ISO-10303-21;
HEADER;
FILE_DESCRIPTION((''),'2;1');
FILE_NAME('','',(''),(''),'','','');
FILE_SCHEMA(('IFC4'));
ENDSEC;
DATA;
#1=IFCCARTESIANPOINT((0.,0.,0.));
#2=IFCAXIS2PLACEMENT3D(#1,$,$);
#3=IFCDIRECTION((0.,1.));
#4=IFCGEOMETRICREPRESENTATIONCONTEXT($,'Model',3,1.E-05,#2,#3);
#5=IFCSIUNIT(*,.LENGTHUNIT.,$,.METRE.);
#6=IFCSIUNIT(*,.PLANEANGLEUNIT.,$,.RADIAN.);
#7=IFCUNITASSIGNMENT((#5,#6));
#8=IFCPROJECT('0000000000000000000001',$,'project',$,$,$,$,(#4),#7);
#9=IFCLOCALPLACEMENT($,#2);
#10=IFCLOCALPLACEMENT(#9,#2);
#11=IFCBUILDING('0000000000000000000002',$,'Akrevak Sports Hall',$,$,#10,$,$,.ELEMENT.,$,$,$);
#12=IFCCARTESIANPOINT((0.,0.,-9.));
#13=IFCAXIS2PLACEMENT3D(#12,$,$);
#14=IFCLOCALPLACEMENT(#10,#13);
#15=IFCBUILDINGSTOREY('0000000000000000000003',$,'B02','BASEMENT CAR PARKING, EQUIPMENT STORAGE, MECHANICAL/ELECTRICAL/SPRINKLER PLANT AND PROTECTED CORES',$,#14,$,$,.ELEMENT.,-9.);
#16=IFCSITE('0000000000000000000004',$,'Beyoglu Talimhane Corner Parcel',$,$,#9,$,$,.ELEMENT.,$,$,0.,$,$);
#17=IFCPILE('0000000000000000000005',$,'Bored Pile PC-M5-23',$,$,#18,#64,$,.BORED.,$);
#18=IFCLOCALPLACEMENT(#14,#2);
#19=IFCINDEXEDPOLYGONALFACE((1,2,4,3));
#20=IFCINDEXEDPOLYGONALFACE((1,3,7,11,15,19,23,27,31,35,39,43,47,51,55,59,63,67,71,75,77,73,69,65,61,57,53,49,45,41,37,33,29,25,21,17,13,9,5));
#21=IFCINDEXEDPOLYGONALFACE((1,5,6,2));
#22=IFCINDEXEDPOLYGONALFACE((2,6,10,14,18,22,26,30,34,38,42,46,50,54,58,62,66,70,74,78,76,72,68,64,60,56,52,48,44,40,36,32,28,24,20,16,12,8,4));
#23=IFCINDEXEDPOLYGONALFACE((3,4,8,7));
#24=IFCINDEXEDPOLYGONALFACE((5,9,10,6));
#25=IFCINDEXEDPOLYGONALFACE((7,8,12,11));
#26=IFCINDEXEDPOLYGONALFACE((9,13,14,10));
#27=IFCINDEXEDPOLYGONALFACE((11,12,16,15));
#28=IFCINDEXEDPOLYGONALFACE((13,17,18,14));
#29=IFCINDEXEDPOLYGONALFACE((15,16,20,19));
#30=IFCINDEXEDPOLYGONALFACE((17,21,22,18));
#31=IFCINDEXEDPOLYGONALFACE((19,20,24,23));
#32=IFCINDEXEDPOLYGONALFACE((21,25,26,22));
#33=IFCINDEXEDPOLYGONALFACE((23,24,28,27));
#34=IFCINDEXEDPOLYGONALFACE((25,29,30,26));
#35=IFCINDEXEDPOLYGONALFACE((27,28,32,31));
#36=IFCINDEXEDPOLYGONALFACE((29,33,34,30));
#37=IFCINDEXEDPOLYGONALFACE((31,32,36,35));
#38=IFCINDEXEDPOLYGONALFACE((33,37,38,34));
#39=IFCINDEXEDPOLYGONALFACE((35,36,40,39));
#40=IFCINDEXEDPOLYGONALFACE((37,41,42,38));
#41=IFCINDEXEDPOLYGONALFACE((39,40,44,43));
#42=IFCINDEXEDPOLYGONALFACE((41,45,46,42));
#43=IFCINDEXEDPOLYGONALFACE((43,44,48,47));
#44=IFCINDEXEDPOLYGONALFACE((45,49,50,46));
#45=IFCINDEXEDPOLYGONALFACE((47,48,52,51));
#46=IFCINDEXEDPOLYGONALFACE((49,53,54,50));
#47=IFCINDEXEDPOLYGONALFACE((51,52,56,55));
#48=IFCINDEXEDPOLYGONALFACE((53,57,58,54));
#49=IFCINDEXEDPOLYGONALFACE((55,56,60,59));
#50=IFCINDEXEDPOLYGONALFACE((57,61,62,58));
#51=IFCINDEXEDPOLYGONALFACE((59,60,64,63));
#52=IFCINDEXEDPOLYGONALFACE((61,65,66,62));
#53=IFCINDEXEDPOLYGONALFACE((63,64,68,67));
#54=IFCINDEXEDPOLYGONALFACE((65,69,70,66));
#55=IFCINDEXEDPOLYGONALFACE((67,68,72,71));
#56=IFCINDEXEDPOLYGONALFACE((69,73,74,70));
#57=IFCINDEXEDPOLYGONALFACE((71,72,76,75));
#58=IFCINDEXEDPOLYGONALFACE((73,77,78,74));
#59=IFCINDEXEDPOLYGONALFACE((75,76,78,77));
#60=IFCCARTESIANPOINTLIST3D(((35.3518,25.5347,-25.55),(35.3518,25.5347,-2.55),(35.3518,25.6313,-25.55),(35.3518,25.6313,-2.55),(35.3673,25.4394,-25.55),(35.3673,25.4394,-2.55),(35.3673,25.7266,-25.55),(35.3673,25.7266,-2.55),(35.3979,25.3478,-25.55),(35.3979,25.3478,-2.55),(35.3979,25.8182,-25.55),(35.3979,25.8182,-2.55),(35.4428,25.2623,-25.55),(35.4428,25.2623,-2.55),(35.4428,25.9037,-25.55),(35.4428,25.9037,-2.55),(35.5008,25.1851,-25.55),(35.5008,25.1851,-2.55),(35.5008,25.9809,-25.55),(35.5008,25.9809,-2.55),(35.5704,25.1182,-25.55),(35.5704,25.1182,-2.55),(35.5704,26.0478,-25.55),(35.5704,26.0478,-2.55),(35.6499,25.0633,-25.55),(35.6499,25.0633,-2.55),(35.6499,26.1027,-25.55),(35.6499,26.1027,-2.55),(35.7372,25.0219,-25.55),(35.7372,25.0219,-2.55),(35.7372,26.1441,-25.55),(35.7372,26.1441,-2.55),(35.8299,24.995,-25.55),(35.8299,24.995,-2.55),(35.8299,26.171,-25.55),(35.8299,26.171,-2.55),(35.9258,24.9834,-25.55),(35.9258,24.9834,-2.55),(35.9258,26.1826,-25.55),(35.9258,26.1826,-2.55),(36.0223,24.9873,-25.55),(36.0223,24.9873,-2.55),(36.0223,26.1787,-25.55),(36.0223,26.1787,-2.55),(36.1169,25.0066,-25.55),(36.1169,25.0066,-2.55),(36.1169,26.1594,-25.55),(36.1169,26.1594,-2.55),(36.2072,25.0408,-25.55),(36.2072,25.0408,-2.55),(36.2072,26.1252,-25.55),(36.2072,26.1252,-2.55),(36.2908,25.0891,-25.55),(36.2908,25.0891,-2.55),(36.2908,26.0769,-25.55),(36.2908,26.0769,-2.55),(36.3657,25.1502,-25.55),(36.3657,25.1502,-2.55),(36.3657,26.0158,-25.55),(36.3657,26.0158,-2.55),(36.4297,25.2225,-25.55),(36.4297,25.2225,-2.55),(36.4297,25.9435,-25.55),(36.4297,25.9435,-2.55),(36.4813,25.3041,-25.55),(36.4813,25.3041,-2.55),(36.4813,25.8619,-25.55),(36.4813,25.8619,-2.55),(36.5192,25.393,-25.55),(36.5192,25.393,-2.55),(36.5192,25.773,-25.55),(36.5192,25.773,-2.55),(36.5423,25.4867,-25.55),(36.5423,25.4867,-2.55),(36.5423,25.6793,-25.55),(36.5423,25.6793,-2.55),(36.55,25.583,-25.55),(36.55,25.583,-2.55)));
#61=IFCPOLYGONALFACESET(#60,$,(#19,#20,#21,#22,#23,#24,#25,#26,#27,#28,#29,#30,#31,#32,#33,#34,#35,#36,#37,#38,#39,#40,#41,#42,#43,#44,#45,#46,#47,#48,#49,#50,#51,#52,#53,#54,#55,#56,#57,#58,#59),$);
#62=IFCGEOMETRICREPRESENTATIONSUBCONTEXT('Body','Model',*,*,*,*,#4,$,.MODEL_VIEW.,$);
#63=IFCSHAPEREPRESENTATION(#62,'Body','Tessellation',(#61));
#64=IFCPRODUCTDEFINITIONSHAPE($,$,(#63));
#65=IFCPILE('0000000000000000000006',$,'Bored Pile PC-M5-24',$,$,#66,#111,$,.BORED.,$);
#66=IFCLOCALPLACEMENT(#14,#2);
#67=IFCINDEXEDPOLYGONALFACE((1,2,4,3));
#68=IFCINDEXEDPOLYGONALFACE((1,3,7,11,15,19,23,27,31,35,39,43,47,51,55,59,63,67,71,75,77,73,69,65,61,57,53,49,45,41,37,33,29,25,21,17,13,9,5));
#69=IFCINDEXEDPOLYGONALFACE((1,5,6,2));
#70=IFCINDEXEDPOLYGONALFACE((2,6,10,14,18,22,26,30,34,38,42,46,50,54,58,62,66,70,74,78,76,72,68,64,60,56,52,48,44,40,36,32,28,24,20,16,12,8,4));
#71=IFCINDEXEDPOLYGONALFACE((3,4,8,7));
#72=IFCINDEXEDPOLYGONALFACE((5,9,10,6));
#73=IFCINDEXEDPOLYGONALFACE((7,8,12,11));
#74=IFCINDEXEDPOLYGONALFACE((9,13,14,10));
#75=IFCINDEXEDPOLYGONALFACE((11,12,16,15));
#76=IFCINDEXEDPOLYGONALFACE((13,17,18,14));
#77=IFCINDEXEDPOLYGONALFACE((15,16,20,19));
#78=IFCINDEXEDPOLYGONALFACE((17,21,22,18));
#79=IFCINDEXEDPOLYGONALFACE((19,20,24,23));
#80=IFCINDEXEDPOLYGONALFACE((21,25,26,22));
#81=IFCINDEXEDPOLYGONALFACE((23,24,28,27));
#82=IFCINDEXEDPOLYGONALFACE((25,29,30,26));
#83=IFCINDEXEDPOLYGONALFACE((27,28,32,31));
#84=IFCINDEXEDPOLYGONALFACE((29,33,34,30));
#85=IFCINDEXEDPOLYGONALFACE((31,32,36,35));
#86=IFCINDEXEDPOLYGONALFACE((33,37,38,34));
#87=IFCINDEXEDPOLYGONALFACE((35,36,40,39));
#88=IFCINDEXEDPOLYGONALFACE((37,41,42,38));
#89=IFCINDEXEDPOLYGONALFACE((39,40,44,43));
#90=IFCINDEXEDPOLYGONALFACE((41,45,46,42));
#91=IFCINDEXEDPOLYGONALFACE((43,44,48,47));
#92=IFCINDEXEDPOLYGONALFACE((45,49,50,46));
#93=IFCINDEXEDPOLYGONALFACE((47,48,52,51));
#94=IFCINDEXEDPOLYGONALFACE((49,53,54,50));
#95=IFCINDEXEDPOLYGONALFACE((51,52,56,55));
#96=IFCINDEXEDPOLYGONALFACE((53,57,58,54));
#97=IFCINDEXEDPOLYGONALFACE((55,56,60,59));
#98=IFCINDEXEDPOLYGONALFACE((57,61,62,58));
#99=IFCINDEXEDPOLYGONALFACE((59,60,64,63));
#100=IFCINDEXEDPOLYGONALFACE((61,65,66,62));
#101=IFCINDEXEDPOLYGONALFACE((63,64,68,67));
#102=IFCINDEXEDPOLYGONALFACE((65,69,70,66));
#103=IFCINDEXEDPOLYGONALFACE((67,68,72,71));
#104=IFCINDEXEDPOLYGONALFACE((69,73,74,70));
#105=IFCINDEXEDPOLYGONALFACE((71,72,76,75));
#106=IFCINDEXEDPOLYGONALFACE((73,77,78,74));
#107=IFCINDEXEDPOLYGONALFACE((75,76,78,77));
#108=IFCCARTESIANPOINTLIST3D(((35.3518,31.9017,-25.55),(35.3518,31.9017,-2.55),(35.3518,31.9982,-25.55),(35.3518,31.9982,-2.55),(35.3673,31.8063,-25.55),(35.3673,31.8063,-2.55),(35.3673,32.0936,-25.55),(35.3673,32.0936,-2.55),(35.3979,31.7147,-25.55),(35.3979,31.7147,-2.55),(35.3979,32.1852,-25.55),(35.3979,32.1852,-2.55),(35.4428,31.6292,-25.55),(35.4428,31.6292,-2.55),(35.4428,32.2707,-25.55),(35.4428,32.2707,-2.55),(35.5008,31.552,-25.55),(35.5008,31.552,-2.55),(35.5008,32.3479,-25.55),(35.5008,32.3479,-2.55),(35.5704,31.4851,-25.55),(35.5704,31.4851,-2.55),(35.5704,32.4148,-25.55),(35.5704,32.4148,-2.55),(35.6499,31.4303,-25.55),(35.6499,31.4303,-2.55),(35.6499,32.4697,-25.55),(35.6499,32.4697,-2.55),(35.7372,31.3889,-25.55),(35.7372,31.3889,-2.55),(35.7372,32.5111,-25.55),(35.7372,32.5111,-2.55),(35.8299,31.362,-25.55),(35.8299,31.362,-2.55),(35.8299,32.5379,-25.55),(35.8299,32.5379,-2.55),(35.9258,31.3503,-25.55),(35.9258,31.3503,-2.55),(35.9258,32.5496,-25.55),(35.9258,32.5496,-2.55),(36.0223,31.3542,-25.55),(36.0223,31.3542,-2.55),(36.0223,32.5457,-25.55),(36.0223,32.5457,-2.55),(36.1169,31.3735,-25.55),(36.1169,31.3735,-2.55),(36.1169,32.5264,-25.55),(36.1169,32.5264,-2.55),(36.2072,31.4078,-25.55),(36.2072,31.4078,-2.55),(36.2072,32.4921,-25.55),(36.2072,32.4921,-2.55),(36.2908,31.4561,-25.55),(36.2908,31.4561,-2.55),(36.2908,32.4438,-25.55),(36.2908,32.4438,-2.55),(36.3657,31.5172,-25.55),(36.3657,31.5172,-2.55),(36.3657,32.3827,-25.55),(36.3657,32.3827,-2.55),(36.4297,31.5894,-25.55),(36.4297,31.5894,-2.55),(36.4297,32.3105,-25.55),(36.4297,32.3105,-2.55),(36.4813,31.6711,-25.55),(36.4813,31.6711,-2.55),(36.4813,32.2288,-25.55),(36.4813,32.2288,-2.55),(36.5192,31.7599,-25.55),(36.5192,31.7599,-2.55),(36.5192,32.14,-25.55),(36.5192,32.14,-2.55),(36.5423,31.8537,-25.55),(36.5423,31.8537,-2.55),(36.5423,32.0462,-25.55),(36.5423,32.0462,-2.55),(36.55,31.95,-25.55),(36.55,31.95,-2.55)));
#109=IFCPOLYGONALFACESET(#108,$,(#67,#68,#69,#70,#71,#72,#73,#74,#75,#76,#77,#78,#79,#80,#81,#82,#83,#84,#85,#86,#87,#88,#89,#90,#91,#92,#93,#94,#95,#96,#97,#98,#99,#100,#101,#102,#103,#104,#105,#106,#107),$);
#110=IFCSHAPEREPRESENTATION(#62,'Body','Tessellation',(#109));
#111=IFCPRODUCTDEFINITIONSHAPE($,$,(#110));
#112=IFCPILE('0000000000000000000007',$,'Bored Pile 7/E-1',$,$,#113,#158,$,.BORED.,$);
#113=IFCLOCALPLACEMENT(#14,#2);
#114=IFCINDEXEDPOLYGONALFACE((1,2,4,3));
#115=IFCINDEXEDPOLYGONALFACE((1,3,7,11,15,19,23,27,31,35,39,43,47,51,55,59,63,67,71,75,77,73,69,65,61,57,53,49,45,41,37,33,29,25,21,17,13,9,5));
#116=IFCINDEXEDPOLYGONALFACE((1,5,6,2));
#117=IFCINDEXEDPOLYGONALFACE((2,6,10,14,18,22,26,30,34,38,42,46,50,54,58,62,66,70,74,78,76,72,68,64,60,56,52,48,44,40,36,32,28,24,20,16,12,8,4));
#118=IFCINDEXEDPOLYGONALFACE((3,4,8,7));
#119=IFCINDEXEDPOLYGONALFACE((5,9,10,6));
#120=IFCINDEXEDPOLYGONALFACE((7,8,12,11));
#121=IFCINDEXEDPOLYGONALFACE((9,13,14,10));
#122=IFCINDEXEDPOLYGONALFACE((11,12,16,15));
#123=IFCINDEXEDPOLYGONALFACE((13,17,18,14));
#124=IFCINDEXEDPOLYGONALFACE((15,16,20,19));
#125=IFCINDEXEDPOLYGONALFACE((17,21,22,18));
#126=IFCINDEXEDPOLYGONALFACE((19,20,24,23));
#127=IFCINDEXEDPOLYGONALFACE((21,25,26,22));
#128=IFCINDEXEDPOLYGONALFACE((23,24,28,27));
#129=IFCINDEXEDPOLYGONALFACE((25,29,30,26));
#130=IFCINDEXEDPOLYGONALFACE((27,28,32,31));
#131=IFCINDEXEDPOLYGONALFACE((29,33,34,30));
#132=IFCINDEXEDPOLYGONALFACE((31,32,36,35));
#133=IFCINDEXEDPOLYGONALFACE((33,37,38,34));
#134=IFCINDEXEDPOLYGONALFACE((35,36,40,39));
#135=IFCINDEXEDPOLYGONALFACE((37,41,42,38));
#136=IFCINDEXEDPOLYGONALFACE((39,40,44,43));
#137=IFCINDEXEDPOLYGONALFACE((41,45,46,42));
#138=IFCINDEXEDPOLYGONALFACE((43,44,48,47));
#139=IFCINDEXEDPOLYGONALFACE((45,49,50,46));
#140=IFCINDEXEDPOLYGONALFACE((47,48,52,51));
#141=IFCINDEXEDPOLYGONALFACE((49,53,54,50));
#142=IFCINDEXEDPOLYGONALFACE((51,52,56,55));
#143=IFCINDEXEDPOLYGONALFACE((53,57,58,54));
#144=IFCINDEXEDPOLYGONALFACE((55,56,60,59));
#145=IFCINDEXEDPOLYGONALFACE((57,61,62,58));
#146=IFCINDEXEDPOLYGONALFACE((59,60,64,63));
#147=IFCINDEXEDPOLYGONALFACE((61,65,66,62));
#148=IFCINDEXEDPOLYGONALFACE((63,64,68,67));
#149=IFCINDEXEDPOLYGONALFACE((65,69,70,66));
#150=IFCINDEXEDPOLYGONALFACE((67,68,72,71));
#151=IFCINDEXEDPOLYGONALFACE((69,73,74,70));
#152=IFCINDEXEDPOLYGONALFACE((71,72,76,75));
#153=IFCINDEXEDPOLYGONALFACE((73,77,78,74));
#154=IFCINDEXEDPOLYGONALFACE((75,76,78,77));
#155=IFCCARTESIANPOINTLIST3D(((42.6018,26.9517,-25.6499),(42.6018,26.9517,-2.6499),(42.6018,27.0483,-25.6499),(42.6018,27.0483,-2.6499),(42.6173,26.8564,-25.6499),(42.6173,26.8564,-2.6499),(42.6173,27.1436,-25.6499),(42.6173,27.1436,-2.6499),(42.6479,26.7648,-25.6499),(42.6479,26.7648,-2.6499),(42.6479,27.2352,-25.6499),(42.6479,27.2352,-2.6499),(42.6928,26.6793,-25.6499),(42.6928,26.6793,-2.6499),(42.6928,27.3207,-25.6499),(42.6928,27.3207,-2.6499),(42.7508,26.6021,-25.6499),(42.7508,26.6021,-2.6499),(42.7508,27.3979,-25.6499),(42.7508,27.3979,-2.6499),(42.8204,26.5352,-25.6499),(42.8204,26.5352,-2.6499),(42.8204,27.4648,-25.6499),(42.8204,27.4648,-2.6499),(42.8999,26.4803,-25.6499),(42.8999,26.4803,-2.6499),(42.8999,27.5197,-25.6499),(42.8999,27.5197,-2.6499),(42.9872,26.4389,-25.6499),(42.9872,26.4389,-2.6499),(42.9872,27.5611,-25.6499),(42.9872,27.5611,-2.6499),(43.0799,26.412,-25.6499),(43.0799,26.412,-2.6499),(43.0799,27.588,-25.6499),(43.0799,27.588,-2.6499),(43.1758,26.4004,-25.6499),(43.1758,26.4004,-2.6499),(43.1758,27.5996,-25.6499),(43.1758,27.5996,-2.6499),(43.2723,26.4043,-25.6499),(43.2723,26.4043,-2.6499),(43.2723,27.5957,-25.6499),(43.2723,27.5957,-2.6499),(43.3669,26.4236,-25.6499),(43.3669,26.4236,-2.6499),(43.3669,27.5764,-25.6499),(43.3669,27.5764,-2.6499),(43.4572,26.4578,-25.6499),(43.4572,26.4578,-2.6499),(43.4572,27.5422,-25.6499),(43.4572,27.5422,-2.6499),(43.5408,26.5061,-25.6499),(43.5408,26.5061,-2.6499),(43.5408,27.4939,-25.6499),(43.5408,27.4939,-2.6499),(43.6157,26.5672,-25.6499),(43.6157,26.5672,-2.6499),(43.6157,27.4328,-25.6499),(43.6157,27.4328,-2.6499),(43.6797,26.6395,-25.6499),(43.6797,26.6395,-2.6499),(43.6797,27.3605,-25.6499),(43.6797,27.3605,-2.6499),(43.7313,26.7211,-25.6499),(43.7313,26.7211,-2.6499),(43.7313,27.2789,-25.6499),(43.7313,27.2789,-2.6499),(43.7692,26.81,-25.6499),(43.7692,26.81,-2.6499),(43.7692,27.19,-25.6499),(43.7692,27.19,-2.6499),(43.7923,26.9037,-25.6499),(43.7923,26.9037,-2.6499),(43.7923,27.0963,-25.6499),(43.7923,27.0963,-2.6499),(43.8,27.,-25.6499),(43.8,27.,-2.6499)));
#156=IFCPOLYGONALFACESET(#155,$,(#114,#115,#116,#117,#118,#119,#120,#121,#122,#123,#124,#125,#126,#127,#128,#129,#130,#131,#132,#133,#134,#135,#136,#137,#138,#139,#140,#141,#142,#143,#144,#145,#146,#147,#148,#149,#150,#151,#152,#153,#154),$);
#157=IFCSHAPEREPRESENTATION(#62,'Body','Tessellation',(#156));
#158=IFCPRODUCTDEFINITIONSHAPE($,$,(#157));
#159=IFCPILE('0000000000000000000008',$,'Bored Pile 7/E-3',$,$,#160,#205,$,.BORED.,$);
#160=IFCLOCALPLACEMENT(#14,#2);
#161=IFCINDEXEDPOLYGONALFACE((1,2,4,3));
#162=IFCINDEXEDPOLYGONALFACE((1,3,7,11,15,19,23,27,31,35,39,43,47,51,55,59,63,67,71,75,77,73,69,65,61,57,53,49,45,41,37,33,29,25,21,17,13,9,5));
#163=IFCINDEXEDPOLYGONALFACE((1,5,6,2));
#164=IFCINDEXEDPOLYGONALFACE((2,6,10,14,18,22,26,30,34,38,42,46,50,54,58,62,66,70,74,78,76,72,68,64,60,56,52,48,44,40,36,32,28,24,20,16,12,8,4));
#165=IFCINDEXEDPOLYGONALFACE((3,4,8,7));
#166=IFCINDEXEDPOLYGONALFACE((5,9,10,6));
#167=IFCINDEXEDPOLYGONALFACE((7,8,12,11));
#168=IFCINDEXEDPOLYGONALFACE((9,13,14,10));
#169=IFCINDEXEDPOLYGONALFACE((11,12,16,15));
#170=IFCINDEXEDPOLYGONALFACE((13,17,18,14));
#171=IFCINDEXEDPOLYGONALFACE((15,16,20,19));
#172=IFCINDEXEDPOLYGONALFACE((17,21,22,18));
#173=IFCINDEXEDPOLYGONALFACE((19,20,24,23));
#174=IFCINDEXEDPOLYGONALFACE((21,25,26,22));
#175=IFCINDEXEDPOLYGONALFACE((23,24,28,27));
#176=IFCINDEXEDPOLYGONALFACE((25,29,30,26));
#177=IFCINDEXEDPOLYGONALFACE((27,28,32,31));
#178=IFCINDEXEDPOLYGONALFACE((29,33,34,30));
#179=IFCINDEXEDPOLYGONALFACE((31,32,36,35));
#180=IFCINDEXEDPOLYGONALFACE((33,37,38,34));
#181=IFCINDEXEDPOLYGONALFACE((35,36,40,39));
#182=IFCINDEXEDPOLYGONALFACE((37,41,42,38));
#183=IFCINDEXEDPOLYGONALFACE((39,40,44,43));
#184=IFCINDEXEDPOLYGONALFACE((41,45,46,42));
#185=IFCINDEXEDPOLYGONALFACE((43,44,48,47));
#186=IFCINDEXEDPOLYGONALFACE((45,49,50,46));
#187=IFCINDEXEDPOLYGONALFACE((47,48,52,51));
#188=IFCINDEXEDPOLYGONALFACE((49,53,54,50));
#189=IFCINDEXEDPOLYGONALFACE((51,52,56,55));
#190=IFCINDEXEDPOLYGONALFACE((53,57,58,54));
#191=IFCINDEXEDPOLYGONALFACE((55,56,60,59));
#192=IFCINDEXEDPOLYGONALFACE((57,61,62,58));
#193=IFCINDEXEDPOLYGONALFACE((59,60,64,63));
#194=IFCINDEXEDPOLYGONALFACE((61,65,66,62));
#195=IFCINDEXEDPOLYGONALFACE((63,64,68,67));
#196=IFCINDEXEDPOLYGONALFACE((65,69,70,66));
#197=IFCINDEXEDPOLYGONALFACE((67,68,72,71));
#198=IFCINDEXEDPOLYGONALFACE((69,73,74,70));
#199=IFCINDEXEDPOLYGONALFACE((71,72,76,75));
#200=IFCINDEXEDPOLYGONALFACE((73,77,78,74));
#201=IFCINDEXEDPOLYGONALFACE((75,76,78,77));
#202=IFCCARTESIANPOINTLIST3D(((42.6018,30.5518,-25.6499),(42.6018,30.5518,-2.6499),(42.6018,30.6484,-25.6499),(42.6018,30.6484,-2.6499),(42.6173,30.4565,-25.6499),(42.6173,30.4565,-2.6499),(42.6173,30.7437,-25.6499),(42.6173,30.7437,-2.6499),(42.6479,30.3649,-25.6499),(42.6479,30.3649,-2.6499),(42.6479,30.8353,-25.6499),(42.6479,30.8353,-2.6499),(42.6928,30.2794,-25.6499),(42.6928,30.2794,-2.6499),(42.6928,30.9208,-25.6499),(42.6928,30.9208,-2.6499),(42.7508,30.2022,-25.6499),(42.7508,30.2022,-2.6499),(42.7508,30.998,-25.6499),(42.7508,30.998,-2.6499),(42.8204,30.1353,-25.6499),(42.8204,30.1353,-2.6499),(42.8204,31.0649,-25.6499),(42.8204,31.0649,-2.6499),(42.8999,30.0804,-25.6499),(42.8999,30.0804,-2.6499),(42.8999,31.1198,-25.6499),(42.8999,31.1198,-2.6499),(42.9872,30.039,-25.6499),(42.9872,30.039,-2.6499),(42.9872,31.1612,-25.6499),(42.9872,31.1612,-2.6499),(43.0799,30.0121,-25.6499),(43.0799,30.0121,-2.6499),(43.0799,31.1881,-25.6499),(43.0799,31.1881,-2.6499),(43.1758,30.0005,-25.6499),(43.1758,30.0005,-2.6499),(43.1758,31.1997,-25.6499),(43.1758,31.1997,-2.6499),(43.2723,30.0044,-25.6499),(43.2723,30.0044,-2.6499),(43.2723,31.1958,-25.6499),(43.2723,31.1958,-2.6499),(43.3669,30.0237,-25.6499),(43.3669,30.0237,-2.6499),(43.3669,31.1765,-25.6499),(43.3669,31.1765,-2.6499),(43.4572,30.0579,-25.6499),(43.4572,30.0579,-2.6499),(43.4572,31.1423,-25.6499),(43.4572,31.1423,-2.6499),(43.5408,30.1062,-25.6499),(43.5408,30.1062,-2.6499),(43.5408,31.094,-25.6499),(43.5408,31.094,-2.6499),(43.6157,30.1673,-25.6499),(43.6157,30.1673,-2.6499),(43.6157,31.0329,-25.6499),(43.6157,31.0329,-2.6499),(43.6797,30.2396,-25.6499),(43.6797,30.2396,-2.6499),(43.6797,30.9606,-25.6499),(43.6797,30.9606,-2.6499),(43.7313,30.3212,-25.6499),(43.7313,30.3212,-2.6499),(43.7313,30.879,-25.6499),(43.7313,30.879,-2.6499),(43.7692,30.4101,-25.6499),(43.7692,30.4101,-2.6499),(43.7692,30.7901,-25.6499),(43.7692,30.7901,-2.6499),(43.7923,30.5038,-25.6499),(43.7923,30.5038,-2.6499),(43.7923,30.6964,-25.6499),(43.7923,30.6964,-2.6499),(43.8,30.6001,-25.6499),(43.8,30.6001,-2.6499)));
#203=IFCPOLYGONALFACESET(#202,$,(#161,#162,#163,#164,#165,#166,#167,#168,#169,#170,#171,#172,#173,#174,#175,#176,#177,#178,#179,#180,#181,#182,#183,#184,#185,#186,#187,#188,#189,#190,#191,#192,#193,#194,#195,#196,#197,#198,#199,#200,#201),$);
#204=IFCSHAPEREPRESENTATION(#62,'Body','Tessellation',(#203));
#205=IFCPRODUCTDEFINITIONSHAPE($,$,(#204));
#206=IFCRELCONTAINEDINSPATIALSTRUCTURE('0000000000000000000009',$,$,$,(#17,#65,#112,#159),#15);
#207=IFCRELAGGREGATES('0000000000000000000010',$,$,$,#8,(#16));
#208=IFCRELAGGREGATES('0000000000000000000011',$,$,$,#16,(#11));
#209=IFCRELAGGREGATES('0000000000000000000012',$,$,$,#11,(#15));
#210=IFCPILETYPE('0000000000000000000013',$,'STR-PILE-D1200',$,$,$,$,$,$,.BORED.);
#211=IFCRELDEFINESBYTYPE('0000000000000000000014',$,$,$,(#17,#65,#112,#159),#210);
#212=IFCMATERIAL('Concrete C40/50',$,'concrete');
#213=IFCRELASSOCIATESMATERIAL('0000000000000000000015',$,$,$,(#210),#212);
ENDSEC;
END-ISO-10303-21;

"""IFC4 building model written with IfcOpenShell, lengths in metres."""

from ifc_helpers import new_model, si_unit, direction, frame, origin, origin_2d, place, context, subcontext, project, spatial, circle, extrude, material, material_profile, profile_set, type_object, element, save


model = new_model("IFC4")

# Units and contexts
model_context = context("Model", 3, precision=1e-05, world=origin(), true_north=direction((0.0, 1.0)))
body_context = subcontext(model_context, "Body", "Model", "MODEL_VIEW")
ifc_project = project(units=[si_unit("LENGTHUNIT", "METRE"), si_unit("PLANEANGLEUNIT", "RADIAN")], contexts=[model_context])

# Site, building, storey
site_placement = place(None, origin())
site = spatial("IfcSite", under=ifc_project, at=site_placement, Name="Beyoglu Talimhane Corner Parcel", CompositionType="ELEMENT", RefElevation=0.0)
building_placement = place(site_placement, origin())
building = spatial("IfcBuilding", under=site, at=building_placement, Name="Akrevak Sports Hall", CompositionType="ELEMENT")
storey_placement = place(building_placement, frame((0.0, 0.0, -9.0)))
storey = spatial("IfcBuildingStorey", under=building, at=storey_placement, Name="B02", Description="BASEMENT CAR PARKING, EQUIPMENT STORAGE, MECHANICAL/ELECTRICAL/SPRINKLER PLANT AND PROTECTED CORES", CompositionType="ELEMENT", Elevation=-9.0)

# Shared definitions
ifc_material_1 = material(Name="Concrete C40/50", Category="concrete")

# Piles
ifc_material_profile_1 = material_profile(ifc_material_1, circle(Radius=0.6001, at=origin_2d()), Name="BORED PILE D1200", Category="concrete")
ifc_profile_set_1 = profile_set([ifc_material_profile_1], Name="Concrete C40/50")
pile_type_1 = type_object("IfcPileType", Name="STR-PILE-D1200", PredefinedType="BORED", material=ifc_profile_set_1)
for number, where, z_axis, x_axis, name in (
    (1, (35.95, 25.583, -2.55), (0.0, 0.0, -1.0), (1.0, 0.0, 0.0), "Bored Pile PC-M5-23"),
    (2, (35.95, 31.95, -2.55), (0.0, 0.0, -1.0), (1.0, 0.0, 0.0), "Bored Pile PC-M5-24"),
    (3, (43.2, 27.0, -2.6499), (0.0, 0.0, -1.0), (1.0, 0.0, 0.0), "Bored Pile 7/E-1"),
    (4, (43.2, 30.6001, -2.6499), (0.0, 0.0, -1.0), (1.0, 0.0, 0.0), "Bored Pile 7/E-3"),
):
    element("IfcPile", number, at=place(storey_placement, frame(where, z_axis=z_axis, x_axis=x_axis)), inside=storey, type_object=pile_type_1, Name=name, PredefinedType="BORED", context=body_context, shape_type="SweptSolid", body=[
        extrude(circle(Radius=0.6001, at=origin_2d()), origin(), (0.0, 0.0, 1.0), 23.0),
    ])

save(model, "model.ifc")
